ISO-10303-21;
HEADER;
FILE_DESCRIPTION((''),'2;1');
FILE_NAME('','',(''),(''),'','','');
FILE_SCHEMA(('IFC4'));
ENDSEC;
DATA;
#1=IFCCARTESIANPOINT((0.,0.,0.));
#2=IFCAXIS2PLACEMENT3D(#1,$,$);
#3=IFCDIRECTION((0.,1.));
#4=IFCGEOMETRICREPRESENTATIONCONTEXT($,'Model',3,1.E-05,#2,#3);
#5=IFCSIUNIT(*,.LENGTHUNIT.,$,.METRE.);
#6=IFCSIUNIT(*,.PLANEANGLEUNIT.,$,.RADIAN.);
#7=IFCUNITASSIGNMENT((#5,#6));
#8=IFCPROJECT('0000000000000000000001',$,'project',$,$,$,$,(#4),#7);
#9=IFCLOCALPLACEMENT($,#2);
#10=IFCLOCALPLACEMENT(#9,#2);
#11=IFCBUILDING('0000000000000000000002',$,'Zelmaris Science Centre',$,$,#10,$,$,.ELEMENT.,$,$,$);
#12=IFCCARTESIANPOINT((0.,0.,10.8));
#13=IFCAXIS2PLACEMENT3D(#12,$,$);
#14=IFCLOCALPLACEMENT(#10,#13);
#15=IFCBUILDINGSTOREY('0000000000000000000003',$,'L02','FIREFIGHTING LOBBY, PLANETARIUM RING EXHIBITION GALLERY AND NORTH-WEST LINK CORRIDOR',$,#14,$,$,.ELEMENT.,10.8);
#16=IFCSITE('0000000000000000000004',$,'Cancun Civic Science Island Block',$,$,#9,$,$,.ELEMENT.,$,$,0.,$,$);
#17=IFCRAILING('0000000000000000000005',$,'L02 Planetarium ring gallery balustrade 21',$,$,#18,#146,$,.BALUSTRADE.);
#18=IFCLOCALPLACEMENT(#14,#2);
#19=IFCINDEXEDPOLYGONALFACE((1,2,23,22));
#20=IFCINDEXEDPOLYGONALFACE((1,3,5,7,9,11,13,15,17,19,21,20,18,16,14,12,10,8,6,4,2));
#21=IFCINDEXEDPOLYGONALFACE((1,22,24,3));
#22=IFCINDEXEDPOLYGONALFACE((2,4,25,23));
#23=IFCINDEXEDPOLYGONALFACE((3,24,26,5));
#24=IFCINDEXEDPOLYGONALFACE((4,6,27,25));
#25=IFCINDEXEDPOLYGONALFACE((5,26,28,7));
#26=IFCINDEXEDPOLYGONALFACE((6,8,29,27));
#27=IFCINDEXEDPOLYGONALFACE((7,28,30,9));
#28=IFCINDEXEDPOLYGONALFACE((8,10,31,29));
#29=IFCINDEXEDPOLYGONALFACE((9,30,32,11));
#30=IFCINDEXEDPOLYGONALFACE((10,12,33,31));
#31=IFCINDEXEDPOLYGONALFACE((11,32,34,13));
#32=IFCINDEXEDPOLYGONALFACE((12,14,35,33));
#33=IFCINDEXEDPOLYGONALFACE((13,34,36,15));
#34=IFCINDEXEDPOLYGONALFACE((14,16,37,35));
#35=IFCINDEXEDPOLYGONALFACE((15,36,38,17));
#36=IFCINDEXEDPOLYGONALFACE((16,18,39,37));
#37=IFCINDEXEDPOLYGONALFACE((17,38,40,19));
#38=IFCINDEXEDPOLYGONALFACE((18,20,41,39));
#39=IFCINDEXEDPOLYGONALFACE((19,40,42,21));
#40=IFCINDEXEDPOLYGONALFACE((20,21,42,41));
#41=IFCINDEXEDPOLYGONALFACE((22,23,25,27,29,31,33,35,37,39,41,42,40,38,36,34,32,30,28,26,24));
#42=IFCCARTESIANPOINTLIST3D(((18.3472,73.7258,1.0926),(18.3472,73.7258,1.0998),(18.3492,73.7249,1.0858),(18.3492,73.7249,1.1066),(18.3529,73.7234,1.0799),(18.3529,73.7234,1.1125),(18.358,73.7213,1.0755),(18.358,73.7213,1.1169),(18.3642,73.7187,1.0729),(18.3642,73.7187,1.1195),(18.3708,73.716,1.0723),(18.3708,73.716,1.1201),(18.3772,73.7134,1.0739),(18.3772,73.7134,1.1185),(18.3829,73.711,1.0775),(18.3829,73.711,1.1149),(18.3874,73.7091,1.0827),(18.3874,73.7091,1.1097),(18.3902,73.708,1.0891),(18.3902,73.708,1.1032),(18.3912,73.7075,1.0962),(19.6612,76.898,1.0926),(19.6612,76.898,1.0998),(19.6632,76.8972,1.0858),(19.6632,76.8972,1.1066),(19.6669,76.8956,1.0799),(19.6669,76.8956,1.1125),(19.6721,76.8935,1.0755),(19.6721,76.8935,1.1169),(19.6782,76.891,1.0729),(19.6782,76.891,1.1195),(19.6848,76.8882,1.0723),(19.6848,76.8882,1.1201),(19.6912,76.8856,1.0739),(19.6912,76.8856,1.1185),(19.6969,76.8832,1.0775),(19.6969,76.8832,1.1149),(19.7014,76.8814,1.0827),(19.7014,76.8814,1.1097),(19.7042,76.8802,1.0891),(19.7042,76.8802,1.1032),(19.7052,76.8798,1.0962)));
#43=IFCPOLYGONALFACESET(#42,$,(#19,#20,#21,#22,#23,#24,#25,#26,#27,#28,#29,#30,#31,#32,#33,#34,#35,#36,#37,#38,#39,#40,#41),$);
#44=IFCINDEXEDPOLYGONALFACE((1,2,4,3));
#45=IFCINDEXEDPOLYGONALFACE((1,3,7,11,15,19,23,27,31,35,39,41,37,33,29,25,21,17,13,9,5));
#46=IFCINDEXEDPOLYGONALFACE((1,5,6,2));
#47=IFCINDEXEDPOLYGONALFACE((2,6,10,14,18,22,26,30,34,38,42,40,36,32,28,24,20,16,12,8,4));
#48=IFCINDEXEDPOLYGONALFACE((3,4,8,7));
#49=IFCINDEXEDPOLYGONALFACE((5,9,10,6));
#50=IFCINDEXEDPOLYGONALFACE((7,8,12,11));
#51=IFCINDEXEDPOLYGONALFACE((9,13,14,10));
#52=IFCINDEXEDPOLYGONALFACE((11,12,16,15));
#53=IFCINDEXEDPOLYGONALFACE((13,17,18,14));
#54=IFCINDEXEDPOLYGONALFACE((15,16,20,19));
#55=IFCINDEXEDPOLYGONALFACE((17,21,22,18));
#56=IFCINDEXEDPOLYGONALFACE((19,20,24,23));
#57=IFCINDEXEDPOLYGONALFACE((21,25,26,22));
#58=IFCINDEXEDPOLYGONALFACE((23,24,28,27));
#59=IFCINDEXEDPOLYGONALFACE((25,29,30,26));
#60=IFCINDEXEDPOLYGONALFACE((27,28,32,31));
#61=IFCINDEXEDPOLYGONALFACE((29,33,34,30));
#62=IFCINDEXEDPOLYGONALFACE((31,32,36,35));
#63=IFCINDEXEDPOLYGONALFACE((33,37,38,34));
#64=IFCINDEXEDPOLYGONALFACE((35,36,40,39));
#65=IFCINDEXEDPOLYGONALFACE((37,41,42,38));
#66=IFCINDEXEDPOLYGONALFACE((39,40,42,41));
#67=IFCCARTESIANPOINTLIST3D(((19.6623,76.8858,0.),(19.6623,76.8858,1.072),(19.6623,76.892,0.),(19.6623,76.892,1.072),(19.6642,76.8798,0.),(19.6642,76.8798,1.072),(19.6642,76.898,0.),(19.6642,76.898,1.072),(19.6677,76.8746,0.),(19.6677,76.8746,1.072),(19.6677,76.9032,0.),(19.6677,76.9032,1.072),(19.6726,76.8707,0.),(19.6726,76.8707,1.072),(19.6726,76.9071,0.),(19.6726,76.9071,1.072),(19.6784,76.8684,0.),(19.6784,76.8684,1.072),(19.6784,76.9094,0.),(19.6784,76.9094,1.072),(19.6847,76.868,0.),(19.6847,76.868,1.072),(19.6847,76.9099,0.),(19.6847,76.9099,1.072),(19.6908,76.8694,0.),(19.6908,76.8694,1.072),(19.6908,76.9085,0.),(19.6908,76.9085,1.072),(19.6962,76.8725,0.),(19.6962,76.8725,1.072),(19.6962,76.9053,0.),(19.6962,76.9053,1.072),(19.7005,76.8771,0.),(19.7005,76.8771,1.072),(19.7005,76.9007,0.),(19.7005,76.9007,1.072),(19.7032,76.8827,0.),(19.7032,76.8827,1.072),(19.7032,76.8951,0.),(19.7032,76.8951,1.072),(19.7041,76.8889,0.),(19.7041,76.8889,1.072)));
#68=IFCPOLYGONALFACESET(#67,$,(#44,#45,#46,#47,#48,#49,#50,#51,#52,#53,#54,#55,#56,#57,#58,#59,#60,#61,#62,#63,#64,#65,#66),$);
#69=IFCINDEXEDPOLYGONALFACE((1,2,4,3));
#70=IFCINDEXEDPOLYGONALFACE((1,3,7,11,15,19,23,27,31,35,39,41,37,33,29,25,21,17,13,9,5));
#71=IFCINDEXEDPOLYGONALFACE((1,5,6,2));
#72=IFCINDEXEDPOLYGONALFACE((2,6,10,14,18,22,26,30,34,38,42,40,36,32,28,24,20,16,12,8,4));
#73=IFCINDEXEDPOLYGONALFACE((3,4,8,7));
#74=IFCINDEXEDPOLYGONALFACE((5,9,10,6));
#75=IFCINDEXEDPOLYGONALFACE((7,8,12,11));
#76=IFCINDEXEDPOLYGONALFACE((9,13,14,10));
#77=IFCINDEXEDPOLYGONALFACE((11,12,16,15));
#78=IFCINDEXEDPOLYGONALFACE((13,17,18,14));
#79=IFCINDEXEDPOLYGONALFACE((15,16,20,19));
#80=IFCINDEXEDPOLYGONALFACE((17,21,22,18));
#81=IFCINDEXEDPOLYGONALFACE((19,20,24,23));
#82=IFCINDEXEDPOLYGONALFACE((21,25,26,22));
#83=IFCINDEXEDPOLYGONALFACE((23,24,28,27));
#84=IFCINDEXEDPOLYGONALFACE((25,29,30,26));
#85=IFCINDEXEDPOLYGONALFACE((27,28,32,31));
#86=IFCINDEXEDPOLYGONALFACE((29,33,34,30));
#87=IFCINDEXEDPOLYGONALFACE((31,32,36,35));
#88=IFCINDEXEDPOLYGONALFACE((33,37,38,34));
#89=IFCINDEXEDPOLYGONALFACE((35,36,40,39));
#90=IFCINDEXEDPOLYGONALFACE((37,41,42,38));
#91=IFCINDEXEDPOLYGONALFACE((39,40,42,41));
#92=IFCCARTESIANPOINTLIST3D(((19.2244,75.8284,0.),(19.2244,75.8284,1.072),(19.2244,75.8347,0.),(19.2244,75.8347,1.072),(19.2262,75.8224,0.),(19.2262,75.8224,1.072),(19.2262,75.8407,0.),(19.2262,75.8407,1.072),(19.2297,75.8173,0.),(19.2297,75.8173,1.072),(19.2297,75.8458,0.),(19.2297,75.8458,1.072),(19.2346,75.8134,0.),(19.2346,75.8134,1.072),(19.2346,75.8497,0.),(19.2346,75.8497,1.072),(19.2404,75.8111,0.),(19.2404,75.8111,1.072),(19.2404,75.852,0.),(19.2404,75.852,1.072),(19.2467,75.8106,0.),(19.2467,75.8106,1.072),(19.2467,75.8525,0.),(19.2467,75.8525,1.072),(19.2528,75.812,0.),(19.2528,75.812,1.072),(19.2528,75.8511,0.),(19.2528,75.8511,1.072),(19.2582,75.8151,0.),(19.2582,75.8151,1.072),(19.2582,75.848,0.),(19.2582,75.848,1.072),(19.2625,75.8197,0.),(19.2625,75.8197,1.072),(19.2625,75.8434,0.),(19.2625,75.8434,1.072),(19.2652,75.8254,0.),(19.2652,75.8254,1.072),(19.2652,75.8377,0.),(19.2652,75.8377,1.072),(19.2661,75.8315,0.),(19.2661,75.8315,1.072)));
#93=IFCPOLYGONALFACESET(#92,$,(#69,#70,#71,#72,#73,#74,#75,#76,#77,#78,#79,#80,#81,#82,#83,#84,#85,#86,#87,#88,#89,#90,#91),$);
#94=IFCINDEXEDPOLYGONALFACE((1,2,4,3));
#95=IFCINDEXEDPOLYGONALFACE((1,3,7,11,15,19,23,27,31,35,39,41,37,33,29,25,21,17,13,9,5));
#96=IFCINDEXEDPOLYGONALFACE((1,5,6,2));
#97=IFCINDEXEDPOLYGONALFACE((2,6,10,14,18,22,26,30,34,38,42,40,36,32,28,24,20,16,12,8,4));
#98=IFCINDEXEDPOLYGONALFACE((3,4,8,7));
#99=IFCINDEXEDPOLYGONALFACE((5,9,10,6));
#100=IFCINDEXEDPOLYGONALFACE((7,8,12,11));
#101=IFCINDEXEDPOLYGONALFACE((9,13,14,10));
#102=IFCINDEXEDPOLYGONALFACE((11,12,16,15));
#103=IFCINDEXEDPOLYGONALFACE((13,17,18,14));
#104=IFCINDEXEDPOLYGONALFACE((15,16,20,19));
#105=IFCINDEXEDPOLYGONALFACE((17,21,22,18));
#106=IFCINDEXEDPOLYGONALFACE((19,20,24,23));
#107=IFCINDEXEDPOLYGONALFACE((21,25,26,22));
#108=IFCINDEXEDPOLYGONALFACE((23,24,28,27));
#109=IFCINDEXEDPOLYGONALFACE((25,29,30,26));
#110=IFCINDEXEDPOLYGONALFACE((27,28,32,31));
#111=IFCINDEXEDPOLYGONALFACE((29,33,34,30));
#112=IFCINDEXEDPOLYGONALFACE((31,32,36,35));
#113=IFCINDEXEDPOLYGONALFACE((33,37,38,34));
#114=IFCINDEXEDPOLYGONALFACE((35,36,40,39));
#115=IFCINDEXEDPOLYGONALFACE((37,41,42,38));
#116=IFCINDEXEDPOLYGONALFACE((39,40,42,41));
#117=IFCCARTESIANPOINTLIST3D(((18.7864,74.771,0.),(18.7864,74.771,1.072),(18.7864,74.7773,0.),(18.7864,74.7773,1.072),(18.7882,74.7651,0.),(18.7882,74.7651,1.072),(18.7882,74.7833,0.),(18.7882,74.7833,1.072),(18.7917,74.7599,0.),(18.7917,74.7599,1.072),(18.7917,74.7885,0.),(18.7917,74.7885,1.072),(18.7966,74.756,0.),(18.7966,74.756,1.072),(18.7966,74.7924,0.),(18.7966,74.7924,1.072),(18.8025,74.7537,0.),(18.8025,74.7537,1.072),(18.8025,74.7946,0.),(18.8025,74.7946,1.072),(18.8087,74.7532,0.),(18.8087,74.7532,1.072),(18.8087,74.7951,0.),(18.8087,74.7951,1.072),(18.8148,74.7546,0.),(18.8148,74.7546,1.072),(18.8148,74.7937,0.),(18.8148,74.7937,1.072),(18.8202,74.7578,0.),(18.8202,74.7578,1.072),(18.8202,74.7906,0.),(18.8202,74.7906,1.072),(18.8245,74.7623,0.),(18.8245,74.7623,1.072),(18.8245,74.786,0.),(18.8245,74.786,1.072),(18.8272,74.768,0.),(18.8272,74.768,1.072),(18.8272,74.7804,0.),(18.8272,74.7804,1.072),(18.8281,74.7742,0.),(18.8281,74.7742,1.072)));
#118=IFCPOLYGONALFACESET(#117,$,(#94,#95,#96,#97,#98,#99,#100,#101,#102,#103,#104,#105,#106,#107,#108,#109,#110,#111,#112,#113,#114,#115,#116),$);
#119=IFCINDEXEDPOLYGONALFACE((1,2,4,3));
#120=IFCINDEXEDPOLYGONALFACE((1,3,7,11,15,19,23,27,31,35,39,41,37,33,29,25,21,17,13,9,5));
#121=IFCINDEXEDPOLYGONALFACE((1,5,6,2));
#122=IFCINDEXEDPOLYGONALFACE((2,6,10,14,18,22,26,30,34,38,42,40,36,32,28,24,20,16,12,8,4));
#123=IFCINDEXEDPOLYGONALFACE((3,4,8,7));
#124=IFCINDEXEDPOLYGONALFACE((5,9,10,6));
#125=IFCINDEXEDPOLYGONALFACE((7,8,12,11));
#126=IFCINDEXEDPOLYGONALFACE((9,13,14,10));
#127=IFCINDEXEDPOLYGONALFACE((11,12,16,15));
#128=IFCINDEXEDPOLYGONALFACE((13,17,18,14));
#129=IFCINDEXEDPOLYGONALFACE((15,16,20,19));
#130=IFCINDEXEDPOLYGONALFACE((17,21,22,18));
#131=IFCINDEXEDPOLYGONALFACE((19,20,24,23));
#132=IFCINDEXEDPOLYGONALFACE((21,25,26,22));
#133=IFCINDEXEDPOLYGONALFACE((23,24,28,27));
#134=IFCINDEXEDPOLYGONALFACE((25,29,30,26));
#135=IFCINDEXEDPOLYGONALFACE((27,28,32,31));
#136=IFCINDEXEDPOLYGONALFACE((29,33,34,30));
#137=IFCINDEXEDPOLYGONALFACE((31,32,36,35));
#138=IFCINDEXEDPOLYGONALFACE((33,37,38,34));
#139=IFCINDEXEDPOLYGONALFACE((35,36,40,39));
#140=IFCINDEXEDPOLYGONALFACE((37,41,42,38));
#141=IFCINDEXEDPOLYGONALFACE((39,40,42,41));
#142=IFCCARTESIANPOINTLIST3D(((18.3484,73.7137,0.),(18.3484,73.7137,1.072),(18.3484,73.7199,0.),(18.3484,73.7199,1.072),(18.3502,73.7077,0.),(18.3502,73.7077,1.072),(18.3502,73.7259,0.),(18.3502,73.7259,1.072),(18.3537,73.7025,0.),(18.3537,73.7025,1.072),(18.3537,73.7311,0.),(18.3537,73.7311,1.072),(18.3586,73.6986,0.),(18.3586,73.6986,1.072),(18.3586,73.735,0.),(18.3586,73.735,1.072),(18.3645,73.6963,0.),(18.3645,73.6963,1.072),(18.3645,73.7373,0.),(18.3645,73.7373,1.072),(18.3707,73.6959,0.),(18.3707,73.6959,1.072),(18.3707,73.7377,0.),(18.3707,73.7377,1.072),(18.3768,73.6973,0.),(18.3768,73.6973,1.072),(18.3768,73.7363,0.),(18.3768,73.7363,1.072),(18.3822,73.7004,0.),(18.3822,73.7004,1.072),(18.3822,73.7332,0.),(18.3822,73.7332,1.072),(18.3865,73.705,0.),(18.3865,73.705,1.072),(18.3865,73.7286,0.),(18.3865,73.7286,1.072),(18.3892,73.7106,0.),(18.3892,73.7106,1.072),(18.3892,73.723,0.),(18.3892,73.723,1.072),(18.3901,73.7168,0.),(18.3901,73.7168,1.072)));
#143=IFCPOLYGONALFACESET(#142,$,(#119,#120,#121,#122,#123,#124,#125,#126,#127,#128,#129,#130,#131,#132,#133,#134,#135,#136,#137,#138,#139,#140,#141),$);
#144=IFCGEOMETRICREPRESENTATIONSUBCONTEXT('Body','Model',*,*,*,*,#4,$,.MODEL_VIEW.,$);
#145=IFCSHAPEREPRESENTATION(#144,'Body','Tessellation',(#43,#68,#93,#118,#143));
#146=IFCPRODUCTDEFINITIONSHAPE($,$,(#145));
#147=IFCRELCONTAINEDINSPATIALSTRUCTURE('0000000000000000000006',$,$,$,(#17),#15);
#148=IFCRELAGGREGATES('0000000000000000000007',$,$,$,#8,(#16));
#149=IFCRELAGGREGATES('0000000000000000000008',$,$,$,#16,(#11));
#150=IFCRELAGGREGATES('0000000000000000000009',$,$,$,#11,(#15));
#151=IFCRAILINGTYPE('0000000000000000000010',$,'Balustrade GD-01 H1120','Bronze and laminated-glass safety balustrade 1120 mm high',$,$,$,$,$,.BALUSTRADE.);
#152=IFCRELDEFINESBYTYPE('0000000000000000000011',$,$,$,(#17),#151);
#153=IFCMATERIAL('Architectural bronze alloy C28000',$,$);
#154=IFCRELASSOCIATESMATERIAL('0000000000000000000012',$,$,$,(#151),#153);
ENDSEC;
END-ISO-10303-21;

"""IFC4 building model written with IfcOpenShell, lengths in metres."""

from ifc_helpers import new_model, si_unit, direction, frame, origin, origin_2d, place, context, subcontext, project, spatial, circle, extrude, material, type_object, element, save


model = new_model("IFC4")

# Units and contexts
model_context = context("Model", 3, precision=1e-05, world=origin(), true_north=direction((0.0, 1.0)))
body_context = subcontext(model_context, "Body", "Model", "MODEL_VIEW")
ifc_project = project(units=[si_unit("LENGTHUNIT", "METRE"), si_unit("PLANEANGLEUNIT", "RADIAN")], contexts=[model_context])

# Site, building, storey
site_placement = place(None, origin())
site = spatial("IfcSite", under=ifc_project, at=site_placement, Name="Cancun Civic Science Island Block", CompositionType="ELEMENT", RefElevation=0.0)
building_placement = place(site_placement, origin())
building = spatial("IfcBuilding", under=site, at=building_placement, Name="Zelmaris Science Centre", CompositionType="ELEMENT")
storey_placement = place(building_placement, frame((0.0, 0.0, 10.8)))
storey = spatial("IfcBuildingStorey", under=building, at=storey_placement, Name="L02", Description="FIREFIGHTING LOBBY, PLANETARIUM RING EXHIBITION GALLERY AND NORTH-WEST LINK CORRIDOR", CompositionType="ELEMENT", Elevation=10.8)

# Railing
ifc_material_1 = material(Name="Architectural bronze alloy C28000")
railing_type = type_object("IfcRailingType", Name="Balustrade GD-01 H1120", Description="Bronze and laminated-glass safety balustrade 1120 mm high", PredefinedType="BALUSTRADE", material=ifc_material_1)
railing_1_placement = place(storey_placement, frame((19.6831, 76.8889, 0.0)))
element("IfcRailing", 1, at=railing_1_placement, inside=storey, type_object=railing_type, Name="L02 Planetarium ring gallery balustrade 21", PredefinedType="BALUSTRADE", context=body_context, shape_type="SweptSolid", body=[
    extrude(circle(Radius=0.0239, at=origin_2d()), frame((0.0, 0.0, 1.0962), z_axis=(-0.382691, -0.923876, 0.0), x_axis=(0.923876, -0.382691, 0.0)), (0.0, 0.0, 1.0), 3.4336),
    extrude(circle(Radius=0.021, at=origin_2d()), origin(), (0.0, 0.0, 1.0), 1.072),
    extrude(circle(Radius=0.021, at=origin_2d()), frame((-0.438, -1.0574, 0.0)), (0.0, 0.0, 1.0), 1.072),
    extrude(circle(Radius=0.021, at=origin_2d()), frame((-0.876, -2.1147, 0.0)), (0.0, 0.0, 1.0), 1.072),
    extrude(circle(Radius=0.021, at=origin_2d()), frame((-1.314, -3.1721, 0.0)), (0.0, 0.0, 1.0), 1.072),
])

save(model, "model.ifc")
